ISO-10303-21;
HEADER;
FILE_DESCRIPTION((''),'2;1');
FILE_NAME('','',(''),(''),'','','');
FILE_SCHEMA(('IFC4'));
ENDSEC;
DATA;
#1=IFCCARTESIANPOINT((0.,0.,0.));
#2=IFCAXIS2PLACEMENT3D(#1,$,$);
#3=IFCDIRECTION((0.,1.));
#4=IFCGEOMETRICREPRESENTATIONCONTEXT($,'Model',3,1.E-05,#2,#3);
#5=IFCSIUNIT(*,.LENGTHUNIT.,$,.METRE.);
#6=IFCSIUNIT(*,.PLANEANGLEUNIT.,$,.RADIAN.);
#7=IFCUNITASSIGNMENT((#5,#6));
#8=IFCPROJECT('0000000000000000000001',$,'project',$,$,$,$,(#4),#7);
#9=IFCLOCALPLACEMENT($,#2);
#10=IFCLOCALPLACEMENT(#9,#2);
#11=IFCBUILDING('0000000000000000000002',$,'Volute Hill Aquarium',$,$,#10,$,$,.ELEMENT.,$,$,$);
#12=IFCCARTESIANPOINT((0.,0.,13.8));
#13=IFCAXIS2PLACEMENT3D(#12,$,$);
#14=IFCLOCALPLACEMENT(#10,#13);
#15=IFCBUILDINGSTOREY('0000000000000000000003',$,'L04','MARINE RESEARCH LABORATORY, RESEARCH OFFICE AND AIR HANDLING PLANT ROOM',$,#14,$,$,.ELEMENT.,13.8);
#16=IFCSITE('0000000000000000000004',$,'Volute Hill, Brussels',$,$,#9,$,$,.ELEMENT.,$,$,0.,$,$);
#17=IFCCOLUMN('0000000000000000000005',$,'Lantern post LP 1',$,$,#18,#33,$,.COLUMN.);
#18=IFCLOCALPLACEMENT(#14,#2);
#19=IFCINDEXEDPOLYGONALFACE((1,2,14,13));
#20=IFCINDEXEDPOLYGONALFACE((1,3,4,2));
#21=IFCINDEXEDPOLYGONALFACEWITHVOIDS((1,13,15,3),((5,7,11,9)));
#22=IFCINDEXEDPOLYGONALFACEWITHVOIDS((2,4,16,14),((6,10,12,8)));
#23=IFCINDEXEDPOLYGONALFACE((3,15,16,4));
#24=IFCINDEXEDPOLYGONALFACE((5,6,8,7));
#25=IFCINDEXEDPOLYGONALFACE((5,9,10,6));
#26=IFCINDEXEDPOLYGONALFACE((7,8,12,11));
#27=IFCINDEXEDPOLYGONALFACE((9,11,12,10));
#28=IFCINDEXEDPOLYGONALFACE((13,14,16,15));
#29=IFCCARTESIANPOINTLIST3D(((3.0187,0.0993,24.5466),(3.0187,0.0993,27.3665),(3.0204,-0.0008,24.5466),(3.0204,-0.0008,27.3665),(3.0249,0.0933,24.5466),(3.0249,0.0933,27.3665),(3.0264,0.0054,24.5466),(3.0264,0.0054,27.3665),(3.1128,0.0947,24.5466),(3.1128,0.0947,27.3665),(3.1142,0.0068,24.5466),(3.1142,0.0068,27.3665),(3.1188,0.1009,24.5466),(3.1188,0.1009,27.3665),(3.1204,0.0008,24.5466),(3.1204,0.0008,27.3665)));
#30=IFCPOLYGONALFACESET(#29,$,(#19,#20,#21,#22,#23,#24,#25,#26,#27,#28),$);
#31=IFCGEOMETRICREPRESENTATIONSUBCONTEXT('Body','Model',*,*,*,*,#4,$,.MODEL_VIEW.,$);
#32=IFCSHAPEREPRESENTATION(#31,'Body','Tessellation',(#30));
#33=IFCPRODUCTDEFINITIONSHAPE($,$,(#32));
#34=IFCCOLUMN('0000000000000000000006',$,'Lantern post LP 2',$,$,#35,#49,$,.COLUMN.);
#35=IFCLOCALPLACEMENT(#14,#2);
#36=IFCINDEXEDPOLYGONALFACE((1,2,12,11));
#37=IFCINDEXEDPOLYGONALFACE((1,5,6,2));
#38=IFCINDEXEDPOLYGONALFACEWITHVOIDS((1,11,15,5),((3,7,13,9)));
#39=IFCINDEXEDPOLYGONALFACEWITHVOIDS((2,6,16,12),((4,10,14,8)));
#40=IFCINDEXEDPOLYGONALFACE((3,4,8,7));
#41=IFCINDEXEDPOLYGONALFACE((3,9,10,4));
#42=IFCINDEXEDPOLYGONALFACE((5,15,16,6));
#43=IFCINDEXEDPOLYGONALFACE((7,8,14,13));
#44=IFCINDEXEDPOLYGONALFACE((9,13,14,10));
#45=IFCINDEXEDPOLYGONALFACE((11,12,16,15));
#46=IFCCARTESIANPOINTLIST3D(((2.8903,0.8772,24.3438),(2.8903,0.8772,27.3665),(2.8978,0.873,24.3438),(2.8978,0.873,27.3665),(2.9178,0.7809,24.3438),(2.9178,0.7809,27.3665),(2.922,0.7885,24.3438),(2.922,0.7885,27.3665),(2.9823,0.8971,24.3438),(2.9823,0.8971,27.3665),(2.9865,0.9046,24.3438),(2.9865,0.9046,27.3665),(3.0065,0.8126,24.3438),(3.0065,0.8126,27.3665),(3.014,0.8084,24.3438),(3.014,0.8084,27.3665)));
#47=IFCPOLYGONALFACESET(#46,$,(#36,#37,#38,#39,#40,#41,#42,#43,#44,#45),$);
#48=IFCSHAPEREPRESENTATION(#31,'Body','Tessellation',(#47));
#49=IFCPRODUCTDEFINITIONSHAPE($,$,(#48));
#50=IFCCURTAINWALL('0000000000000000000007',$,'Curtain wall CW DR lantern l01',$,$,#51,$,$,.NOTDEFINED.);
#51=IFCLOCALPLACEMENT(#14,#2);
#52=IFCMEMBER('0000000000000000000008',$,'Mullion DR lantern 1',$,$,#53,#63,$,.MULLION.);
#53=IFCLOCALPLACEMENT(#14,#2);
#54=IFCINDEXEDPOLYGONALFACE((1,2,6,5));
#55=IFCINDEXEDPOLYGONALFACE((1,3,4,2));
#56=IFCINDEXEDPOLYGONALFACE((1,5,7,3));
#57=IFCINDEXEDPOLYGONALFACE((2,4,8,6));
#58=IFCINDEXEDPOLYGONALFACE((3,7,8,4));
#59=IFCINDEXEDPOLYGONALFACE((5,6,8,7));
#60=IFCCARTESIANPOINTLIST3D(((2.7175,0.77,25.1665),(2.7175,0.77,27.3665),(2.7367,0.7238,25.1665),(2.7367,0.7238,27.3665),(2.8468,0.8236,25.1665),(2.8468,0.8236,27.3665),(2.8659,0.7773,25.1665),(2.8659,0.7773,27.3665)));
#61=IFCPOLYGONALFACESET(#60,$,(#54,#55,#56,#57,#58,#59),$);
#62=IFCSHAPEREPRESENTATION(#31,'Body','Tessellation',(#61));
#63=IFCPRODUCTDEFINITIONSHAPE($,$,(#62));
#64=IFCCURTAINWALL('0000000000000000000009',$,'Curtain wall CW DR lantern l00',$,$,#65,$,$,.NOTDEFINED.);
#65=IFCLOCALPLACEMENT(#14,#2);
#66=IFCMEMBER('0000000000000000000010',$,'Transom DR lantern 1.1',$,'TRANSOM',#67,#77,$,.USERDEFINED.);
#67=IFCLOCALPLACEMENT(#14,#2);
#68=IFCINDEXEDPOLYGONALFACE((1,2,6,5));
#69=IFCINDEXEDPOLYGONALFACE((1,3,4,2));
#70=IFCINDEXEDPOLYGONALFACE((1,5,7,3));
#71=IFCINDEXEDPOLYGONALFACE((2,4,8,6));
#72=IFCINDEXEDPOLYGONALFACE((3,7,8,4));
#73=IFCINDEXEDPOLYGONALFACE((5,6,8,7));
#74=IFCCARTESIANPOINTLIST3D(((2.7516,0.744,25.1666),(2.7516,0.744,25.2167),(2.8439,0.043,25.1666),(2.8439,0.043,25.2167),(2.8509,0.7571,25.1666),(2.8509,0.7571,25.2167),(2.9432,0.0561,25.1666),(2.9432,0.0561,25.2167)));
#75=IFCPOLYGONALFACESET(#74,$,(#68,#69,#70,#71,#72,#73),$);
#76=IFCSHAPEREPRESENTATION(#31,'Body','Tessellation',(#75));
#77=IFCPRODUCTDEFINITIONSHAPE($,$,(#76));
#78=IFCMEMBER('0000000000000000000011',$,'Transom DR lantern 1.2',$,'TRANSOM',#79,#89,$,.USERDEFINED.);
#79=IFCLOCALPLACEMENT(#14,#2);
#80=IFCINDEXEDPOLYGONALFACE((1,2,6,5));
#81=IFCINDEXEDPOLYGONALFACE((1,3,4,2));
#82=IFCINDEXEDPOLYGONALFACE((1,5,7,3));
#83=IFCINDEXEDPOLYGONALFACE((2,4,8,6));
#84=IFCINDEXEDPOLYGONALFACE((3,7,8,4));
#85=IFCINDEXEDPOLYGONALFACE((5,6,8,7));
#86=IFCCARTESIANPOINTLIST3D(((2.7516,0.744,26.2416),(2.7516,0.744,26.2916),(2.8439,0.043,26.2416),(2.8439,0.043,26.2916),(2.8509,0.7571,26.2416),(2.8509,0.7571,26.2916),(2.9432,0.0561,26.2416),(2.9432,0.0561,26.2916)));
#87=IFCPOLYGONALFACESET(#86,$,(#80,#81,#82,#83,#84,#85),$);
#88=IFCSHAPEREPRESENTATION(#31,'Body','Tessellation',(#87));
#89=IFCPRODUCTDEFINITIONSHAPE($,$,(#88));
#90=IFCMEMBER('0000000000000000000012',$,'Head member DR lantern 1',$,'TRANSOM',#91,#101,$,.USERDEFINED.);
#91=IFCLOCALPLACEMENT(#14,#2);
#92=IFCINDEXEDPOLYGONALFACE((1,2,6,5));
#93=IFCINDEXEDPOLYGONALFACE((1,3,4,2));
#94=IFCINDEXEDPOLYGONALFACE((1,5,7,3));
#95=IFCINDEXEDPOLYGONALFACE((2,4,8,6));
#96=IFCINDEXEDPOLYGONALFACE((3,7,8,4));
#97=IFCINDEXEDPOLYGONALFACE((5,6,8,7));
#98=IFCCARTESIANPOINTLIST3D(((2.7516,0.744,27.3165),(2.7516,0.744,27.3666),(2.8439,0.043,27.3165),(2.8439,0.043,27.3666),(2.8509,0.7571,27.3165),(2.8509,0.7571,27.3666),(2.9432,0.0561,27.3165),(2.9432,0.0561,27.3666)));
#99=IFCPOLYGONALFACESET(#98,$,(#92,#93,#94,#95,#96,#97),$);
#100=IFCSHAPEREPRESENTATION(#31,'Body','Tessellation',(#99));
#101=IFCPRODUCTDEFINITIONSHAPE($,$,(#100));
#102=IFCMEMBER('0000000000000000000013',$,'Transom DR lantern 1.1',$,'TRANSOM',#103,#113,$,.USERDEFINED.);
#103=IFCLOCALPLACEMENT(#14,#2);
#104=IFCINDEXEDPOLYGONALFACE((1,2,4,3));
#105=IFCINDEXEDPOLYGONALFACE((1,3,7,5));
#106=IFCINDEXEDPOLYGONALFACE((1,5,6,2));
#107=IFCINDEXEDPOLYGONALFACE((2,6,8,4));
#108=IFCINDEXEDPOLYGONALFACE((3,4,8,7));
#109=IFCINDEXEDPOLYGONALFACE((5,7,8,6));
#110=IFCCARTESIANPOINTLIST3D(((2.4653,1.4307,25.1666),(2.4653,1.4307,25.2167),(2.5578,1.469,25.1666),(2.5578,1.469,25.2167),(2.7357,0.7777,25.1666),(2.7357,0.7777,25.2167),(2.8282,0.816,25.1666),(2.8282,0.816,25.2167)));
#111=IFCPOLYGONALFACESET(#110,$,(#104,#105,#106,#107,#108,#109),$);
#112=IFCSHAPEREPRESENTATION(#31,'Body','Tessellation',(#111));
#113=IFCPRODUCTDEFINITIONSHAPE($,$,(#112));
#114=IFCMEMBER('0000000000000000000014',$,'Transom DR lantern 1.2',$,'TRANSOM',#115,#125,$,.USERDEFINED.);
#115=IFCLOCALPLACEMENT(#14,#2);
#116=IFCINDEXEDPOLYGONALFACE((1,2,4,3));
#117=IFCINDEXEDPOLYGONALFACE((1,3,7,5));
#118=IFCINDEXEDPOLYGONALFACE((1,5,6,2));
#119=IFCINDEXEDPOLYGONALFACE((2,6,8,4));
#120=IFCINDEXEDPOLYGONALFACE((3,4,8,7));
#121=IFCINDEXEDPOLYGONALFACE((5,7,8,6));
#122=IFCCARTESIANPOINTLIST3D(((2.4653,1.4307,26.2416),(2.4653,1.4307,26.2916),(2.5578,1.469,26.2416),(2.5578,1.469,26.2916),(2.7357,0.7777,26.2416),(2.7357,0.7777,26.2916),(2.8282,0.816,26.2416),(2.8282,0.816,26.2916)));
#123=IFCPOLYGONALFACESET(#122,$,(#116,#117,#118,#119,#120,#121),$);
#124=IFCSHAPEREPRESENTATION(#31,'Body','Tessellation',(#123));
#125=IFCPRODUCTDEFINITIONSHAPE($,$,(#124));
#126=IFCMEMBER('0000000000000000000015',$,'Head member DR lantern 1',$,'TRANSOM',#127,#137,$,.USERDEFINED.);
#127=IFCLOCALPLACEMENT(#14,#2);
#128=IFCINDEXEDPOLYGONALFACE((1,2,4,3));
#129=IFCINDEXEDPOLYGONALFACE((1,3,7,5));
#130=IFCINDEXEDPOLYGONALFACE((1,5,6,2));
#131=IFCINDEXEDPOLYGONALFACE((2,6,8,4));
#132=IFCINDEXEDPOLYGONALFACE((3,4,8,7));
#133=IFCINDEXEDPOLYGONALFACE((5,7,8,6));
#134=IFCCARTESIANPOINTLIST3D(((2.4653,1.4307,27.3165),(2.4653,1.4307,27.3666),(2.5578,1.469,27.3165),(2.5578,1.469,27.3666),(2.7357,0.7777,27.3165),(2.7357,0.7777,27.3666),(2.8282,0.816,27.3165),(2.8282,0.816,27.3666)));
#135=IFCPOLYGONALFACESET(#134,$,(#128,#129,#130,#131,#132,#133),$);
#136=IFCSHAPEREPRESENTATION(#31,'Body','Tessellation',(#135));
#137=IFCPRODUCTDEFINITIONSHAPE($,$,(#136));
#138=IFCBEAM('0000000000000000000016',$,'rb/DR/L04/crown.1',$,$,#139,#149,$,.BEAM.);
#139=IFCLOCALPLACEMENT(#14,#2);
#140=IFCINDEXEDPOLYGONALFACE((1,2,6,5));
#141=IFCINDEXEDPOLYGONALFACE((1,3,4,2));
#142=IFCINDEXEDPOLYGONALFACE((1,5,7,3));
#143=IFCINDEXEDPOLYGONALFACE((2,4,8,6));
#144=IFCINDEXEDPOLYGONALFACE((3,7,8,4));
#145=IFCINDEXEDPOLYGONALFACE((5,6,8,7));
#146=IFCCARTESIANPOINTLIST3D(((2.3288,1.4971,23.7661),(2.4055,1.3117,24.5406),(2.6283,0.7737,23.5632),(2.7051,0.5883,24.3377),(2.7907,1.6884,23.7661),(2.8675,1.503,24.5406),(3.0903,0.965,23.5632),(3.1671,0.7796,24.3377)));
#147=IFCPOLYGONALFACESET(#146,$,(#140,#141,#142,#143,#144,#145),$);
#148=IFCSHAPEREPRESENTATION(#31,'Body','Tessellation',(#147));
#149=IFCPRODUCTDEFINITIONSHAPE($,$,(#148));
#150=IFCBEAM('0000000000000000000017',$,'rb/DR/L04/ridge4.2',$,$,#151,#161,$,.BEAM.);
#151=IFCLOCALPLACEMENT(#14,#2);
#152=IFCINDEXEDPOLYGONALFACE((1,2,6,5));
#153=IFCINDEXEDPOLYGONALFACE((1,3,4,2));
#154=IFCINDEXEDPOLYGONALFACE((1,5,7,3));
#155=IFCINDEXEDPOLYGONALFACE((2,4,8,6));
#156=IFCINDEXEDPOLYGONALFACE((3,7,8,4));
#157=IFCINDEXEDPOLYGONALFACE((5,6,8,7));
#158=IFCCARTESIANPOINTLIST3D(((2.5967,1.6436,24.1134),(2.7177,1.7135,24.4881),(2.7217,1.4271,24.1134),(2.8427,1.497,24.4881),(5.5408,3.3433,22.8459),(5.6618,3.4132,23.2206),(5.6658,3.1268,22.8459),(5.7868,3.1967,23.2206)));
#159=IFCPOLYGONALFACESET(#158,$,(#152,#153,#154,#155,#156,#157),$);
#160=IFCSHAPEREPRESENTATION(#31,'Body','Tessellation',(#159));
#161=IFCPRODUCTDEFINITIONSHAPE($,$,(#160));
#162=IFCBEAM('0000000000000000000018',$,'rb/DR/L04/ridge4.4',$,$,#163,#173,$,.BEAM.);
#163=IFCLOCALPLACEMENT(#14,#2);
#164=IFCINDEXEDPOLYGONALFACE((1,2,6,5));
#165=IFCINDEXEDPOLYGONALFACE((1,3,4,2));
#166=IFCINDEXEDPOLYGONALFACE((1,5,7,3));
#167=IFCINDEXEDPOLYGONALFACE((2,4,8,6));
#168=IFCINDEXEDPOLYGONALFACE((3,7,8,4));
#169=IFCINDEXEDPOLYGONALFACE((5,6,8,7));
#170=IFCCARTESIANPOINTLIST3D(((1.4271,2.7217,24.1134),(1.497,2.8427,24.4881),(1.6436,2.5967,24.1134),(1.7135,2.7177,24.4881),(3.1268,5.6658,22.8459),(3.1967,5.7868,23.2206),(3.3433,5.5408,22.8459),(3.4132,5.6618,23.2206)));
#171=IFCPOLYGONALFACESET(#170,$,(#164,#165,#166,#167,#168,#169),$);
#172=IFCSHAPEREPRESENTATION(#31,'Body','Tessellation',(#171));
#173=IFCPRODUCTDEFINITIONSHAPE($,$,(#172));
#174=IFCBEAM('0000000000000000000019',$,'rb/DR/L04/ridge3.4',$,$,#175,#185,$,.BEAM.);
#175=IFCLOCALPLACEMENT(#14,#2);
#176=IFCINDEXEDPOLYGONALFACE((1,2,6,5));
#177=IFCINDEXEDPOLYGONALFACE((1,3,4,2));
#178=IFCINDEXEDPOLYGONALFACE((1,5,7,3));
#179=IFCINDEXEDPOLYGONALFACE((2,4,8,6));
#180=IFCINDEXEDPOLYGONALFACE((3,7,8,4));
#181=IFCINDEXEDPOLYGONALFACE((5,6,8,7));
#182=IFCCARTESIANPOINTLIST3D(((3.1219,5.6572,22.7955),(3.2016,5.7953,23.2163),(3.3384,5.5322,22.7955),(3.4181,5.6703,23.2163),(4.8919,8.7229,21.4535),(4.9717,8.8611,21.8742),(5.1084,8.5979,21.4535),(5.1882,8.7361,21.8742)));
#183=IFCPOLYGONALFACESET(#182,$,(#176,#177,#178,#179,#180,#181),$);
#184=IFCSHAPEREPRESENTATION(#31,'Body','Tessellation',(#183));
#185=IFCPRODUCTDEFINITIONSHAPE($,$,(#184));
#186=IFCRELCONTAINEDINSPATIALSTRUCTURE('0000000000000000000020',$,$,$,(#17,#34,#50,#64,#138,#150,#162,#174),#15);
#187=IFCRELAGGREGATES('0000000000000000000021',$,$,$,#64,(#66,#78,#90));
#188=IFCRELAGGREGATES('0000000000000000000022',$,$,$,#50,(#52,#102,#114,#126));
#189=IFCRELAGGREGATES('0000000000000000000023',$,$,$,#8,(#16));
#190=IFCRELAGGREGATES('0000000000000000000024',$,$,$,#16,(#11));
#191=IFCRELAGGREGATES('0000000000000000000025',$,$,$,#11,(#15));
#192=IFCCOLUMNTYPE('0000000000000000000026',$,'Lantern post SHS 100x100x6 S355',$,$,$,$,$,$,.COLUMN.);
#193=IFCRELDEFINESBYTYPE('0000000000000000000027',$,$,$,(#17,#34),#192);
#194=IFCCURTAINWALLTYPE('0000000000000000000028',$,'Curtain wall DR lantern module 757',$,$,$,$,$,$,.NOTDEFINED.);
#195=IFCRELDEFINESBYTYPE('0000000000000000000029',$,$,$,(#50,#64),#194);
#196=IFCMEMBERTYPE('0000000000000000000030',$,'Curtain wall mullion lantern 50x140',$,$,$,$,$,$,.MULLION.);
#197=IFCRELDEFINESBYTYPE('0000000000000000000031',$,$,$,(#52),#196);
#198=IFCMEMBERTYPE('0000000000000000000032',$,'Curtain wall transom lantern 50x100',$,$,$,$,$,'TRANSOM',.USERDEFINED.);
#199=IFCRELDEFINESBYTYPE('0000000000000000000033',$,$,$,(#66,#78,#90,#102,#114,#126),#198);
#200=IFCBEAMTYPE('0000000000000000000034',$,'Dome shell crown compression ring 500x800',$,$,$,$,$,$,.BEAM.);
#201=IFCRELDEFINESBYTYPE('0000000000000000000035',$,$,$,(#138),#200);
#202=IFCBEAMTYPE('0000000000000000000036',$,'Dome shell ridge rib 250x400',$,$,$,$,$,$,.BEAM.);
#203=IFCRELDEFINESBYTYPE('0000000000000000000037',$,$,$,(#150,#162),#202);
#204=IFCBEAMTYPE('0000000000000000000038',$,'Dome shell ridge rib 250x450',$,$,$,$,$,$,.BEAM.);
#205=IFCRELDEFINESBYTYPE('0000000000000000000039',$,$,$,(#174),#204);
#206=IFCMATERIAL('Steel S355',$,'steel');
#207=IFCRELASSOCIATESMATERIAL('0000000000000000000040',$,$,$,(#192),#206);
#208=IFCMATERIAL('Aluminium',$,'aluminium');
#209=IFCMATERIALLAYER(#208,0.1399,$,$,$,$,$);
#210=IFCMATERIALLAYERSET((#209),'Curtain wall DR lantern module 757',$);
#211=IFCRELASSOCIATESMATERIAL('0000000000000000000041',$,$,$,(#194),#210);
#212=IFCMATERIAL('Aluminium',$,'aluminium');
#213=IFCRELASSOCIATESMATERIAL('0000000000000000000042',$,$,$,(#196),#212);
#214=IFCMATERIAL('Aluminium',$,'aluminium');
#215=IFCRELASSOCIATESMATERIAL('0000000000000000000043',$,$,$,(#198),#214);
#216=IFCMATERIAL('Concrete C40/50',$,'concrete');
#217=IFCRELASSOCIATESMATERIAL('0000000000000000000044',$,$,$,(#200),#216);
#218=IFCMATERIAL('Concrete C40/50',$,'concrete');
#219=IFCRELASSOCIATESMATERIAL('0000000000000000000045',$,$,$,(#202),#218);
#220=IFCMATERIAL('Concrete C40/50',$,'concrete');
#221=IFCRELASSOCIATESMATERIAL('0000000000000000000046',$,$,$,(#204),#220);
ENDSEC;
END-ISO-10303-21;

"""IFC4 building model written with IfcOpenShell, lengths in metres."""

from ifc_helpers import new_model, si_unit, direction, frame, origin, origin_2d, place, context, subcontext, project, spatial, rectangle, hollow_rectangle, extrude, material, layer, layer_set, material_profile, profile_set, type_object, element, aggregate, save


model = new_model("IFC4")

# Units and contexts
model_context = context("Model", 3, precision=1e-05, world=origin(), true_north=direction((0.0, 1.0)))
body_context = subcontext(model_context, "Body", "Model", "MODEL_VIEW")
ifc_project = project(units=[si_unit("LENGTHUNIT", "METRE"), si_unit("PLANEANGLEUNIT", "RADIAN")], contexts=[model_context])

# Site, building, storey
site_placement = place(None, origin())
site = spatial("IfcSite", under=ifc_project, at=site_placement, Name="Volute Hill, Brussels", CompositionType="ELEMENT", RefElevation=0.0)
building_placement = place(site_placement, origin())
building = spatial("IfcBuilding", under=site, at=building_placement, Name="Volute Hill Aquarium", CompositionType="ELEMENT")
storey_placement = place(building_placement, frame((0.0, 0.0, 13.8)))
storey = spatial("IfcBuildingStorey", under=building, at=storey_placement, Name="L04", Description="MARINE RESEARCH LABORATORY, RESEARCH OFFICE AND AIR HANDLING PLANT ROOM", CompositionType="ELEMENT", Elevation=13.8)

# Columns
ifc_material_1 = material(Name="Steel S355", Category="steel")
ifc_material_profile_1 = material_profile(ifc_material_1, hollow_rectangle(XDim=0.1001, YDim=0.1001, WallThickness=0.0061, at=origin_2d()), Name="SHS 100x100x6")
ifc_profile_set_1 = profile_set([ifc_material_profile_1], Name="Steel S355")
column_type = type_object("IfcColumnType", Name="Lantern post SHS 100x100x6 S355", PredefinedType="COLUMN", material=ifc_profile_set_1)
column_1_placement = place(storey_placement, frame((3.0696, 0.05, 24.5466), z_axis=(0.0, 0.0, 1.0), x_axis=(0.999867, 0.016286, 0.0)))
element("IfcColumn", 1, at=column_1_placement, inside=storey, type_object=column_type, Name="Lantern post LP 1", PredefinedType="COLUMN", context=body_context, shape_type="SweptSolid", body=[
    extrude(hollow_rectangle(XDim=0.1001, YDim=0.1001, WallThickness=0.0061, at=origin_2d()), origin(), (0.0, 0.0, 1.0), 2.8198),
])
column_2_placement = place(storey_placement, frame((2.9521, 0.8428, 24.3438), z_axis=(0.0, 0.0, 1.0), x_axis=(0.961583, 0.274516, 0.0)))
element("IfcColumn", 2, at=column_2_placement, inside=storey, type_object=column_type, Name="Lantern post LP 2", PredefinedType="COLUMN", context=body_context, shape_type="SweptSolid", body=[
    extrude(hollow_rectangle(XDim=0.1001, YDim=0.1001, WallThickness=0.0061, at=origin_2d()), origin(), (0.0, 0.0, 1.0), 3.0227),
])

# Curtain wall, member
ifc_material_2 = material(Name="Aluminium", Category="aluminium")
ifc_layer_1 = layer(ifc_material_2, 0.1399)
ifc_layer_set_1 = layer_set([ifc_layer_1], Name="Curtain wall DR lantern module 757")
curtain_wall_type = type_object("IfcCurtainWallType", Name="Curtain wall DR lantern module 757", PredefinedType="NOTDEFINED", material=ifc_layer_set_1)
curtain_wall_1_placement = place(storey_placement, origin())
curtain_wall_1 = element("IfcCurtainWall", 3, at=curtain_wall_1_placement, inside=storey, type_object=curtain_wall_type, Name="Curtain wall CW DR lantern l01", PredefinedType="NOTDEFINED")
ifc_material_3 = material(Name="Aluminium", Category="aluminium")
ifc_material_profile_2 = material_profile(ifc_material_3, rectangle(XDim=0.1399, YDim=0.05, at=origin_2d()), Name="Curtain wall mullion lantern 50x140")
ifc_profile_set_2 = profile_set([ifc_material_profile_2], Name="Aluminium")
member_type_1 = type_object("IfcMemberType", Name="Curtain wall mullion lantern 50x140", PredefinedType="MULLION", material=ifc_profile_set_2)
member_1_placement = place(storey_placement, frame((2.7917, 0.7737, 25.1665), z_axis=(0.0, 0.0, 1.0), x_axis=(-0.92388, -0.382682, 0.0)))
member_1 = element("IfcMember", 4, at=member_1_placement, type_object=member_type_1, Name="Mullion DR lantern 1", PredefinedType="MULLION", context=body_context, shape_type="SweptSolid", body=[
    extrude(rectangle(XDim=0.1399, YDim=0.05, at=origin_2d()), origin(), (0.0, 0.0, 1.0), 2.2),
])

# Curtain wall, members
curtain_wall_2_placement = place(storey_placement, origin())
curtain_wall_2 = element("IfcCurtainWall", 5, at=curtain_wall_2_placement, inside=storey, type_object=curtain_wall_type, Name="Curtain wall CW DR lantern l00", PredefinedType="NOTDEFINED")
ifc_material_4 = material(Name="Aluminium", Category="aluminium")
ifc_material_profile_3 = material_profile(ifc_material_4, rectangle(XDim=0.1001, YDim=0.05, at=origin_2d()), Name="Curtain wall transom lantern 50x100")
ifc_profile_set_3 = profile_set([ifc_material_profile_3], Name="Aluminium")
member_type_2 = type_object("IfcMemberType", Name="Curtain wall transom lantern 50x100", ElementType="TRANSOM", PredefinedType="USERDEFINED", material=ifc_profile_set_3)
member_2_placement = place(storey_placement, frame((2.8936, 0.0496, 25.1917), z_axis=(-0.130535, 0.991444, 0.0), x_axis=(-0.991444, -0.130535, 0.0)))
member_2 = element("IfcMember", 6, at=member_2_placement, type_object=member_type_2, Name="Transom DR lantern 1.1", ObjectType="TRANSOM", PredefinedType="USERDEFINED", context=body_context, shape_type="SweptSolid", body=[
    extrude(rectangle(XDim=0.1001, YDim=0.05, at=origin_2d()), origin(), (0.0, 0.0, 1.0), 0.707),
])
member_3_placement = place(storey_placement, frame((2.8936, 0.0496, 26.2666), z_axis=(-0.130535, 0.991444, 0.0), x_axis=(-0.991444, -0.130535, 0.0)))
member_3 = element("IfcMember", 7, at=member_3_placement, type_object=member_type_2, Name="Transom DR lantern 1.2", ObjectType="TRANSOM", PredefinedType="USERDEFINED", context=body_context, shape_type="SweptSolid", body=[
    extrude(rectangle(XDim=0.1001, YDim=0.05, at=origin_2d()), origin(), (0.0, 0.0, 1.0), 0.707),
])
member_4_placement = place(storey_placement, frame((2.8936, 0.0496, 27.3416), z_axis=(-0.130535, 0.991444, 0.0), x_axis=(-0.991444, -0.130535, 0.0)))
member_4 = element("IfcMember", 8, at=member_4_placement, type_object=member_type_2, Name="Head member DR lantern 1", ObjectType="TRANSOM", PredefinedType="USERDEFINED", context=body_context, shape_type="SweptSolid", body=[
    extrude(rectangle(XDim=0.1001, YDim=0.05, at=origin_2d()), origin(), (0.0, 0.0, 1.0), 0.707),
])

# Members
member_5_placement = place(storey_placement, frame((2.782, 0.7969, 25.1917), z_axis=(-0.382677, 0.923882, 0.0), x_axis=(-0.923882, -0.382677, 0.0)))
member_5 = element("IfcMember", 9, at=member_5_placement, type_object=member_type_2, Name="Transom DR lantern 1.1", ObjectType="TRANSOM", PredefinedType="USERDEFINED", context=body_context, shape_type="SweptSolid", body=[
    extrude(rectangle(XDim=0.1001, YDim=0.05, at=origin_2d()), origin(), (0.0, 0.0, 1.0), 0.7068),
])
member_6_placement = place(storey_placement, frame((2.782, 0.7969, 26.2666), z_axis=(-0.382677, 0.923882, 0.0), x_axis=(-0.923882, -0.382677, 0.0)))
member_6 = element("IfcMember", 10, at=member_6_placement, type_object=member_type_2, Name="Transom DR lantern 1.2", ObjectType="TRANSOM", PredefinedType="USERDEFINED", context=body_context, shape_type="SweptSolid", body=[
    extrude(rectangle(XDim=0.1001, YDim=0.05, at=origin_2d()), origin(), (0.0, 0.0, 1.0), 0.7068),
])
member_7_placement = place(storey_placement, frame((2.782, 0.7969, 27.3416), z_axis=(-0.382677, 0.923882, 0.0), x_axis=(-0.923882, -0.382677, 0.0)))
member_7 = element("IfcMember", 11, at=member_7_placement, type_object=member_type_2, Name="Head member DR lantern 1", ObjectType="TRANSOM", PredefinedType="USERDEFINED", context=body_context, shape_type="SweptSolid", body=[
    extrude(rectangle(XDim=0.1001, YDim=0.05, at=origin_2d()), origin(), (0.0, 0.0, 1.0), 0.7068),
])

# Beams
ifc_material_5 = material(Name="Concrete C40/50", Category="concrete")
ifc_material_profile_4 = material_profile(ifc_material_5, rectangle(XDim=0.5, YDim=0.8, at=origin_2d()), Name="RC beam 500x800")
ifc_profile_set_4 = profile_set([ifc_material_profile_4], Name="Concrete C40/50")
beam_type_1 = type_object("IfcBeamType", Name="Dome shell crown compression ring 500x800", PredefinedType="BEAM", material=ifc_profile_set_4)
beam_1_placement = place(storey_placement, frame((2.8977, 0.7766, 23.9504), z_axis=(-0.370368, 0.894376, 0.250836), x_axis=(-0.923914, -0.3826, 0.0)))
element("IfcBeam", 12, at=beam_1_placement, inside=storey, type_object=beam_type_1, Name="rb/DR/L04/crown.1", PredefinedType="BEAM", context=body_context, shape_type="SweptSolid", body=[
    extrude(rectangle(XDim=0.5, YDim=0.8, at=origin_2d()), origin(), (0.0, 0.0, 1.0), 0.8088),
])
ifc_material_6 = material(Name="Concrete C40/50", Category="concrete")
ifc_material_profile_5 = material_profile(ifc_material_6, rectangle(XDim=0.25, YDim=0.3999, at=origin_2d()), Name="RC rib 250x400")
ifc_profile_set_5 = profile_set([ifc_material_profile_5], Name="Concrete C40/50")
beam_type_2 = type_object("IfcBeamType", Name="Dome shell ridge rib 250x400", PredefinedType="BEAM", material=ifc_profile_set_5)
for number, where, z_axis, x_axis, name in (
    (13, (5.6638, 3.27, 23.0332), (-0.811459, -0.468478, 0.349374), (0.499986, -0.866034, 0.0), "rb/DR/L04/ridge4.2"),
    (14, (3.27, 5.6638, 23.0332), (-0.468478, -0.811459, 0.349374), (0.866034, -0.499986, 0.0), "rb/DR/L04/ridge4.4"),
):
    element("IfcBeam", number, at=place(storey_placement, frame(where, z_axis=z_axis, x_axis=x_axis)), inside=storey, type_object=beam_type_2, Name=name, PredefinedType="BEAM", context=body_context, shape_type="SweptSolid", body=[
        extrude(rectangle(XDim=0.25, YDim=0.3999, at=origin_2d()), origin(), (0.0, 0.0, 1.0), 3.6282),
    ])
ifc_material_7 = material(Name="Concrete C40/50", Category="concrete")
ifc_material_profile_6 = material_profile(ifc_material_7, rectangle(XDim=0.25, YDim=0.45, at=origin_2d()), Name="RC rib 250x450")
ifc_profile_set_6 = profile_set([ifc_material_profile_6], Name="Concrete C40/50")
beam_type_3 = type_object("IfcBeamType", Name="Dome shell ridge rib 250x450", PredefinedType="BEAM", material=ifc_profile_set_6)
beam_2_placement = place(storey_placement, frame((5.04, 8.7295, 21.6638), z_axis=(-0.46754, -0.809779, 0.354492), x_axis=(0.866019, -0.500011, 0.0)))
element("IfcBeam", 15, at=beam_2_placement, inside=storey, type_object=beam_type_3, Name="rb/DR/L04/ridge3.4", PredefinedType="BEAM", context=body_context, shape_type="SweptSolid", body=[
    extrude(rectangle(XDim=0.25, YDim=0.45, at=origin_2d()), origin(), (0.0, 0.0, 1.0), 3.7859),
])

aggregate(curtain_wall_2, [member_2, member_3, member_4])
aggregate(curtain_wall_1, [member_1, member_5, member_6, member_7])

save(model, "model.ifc")
